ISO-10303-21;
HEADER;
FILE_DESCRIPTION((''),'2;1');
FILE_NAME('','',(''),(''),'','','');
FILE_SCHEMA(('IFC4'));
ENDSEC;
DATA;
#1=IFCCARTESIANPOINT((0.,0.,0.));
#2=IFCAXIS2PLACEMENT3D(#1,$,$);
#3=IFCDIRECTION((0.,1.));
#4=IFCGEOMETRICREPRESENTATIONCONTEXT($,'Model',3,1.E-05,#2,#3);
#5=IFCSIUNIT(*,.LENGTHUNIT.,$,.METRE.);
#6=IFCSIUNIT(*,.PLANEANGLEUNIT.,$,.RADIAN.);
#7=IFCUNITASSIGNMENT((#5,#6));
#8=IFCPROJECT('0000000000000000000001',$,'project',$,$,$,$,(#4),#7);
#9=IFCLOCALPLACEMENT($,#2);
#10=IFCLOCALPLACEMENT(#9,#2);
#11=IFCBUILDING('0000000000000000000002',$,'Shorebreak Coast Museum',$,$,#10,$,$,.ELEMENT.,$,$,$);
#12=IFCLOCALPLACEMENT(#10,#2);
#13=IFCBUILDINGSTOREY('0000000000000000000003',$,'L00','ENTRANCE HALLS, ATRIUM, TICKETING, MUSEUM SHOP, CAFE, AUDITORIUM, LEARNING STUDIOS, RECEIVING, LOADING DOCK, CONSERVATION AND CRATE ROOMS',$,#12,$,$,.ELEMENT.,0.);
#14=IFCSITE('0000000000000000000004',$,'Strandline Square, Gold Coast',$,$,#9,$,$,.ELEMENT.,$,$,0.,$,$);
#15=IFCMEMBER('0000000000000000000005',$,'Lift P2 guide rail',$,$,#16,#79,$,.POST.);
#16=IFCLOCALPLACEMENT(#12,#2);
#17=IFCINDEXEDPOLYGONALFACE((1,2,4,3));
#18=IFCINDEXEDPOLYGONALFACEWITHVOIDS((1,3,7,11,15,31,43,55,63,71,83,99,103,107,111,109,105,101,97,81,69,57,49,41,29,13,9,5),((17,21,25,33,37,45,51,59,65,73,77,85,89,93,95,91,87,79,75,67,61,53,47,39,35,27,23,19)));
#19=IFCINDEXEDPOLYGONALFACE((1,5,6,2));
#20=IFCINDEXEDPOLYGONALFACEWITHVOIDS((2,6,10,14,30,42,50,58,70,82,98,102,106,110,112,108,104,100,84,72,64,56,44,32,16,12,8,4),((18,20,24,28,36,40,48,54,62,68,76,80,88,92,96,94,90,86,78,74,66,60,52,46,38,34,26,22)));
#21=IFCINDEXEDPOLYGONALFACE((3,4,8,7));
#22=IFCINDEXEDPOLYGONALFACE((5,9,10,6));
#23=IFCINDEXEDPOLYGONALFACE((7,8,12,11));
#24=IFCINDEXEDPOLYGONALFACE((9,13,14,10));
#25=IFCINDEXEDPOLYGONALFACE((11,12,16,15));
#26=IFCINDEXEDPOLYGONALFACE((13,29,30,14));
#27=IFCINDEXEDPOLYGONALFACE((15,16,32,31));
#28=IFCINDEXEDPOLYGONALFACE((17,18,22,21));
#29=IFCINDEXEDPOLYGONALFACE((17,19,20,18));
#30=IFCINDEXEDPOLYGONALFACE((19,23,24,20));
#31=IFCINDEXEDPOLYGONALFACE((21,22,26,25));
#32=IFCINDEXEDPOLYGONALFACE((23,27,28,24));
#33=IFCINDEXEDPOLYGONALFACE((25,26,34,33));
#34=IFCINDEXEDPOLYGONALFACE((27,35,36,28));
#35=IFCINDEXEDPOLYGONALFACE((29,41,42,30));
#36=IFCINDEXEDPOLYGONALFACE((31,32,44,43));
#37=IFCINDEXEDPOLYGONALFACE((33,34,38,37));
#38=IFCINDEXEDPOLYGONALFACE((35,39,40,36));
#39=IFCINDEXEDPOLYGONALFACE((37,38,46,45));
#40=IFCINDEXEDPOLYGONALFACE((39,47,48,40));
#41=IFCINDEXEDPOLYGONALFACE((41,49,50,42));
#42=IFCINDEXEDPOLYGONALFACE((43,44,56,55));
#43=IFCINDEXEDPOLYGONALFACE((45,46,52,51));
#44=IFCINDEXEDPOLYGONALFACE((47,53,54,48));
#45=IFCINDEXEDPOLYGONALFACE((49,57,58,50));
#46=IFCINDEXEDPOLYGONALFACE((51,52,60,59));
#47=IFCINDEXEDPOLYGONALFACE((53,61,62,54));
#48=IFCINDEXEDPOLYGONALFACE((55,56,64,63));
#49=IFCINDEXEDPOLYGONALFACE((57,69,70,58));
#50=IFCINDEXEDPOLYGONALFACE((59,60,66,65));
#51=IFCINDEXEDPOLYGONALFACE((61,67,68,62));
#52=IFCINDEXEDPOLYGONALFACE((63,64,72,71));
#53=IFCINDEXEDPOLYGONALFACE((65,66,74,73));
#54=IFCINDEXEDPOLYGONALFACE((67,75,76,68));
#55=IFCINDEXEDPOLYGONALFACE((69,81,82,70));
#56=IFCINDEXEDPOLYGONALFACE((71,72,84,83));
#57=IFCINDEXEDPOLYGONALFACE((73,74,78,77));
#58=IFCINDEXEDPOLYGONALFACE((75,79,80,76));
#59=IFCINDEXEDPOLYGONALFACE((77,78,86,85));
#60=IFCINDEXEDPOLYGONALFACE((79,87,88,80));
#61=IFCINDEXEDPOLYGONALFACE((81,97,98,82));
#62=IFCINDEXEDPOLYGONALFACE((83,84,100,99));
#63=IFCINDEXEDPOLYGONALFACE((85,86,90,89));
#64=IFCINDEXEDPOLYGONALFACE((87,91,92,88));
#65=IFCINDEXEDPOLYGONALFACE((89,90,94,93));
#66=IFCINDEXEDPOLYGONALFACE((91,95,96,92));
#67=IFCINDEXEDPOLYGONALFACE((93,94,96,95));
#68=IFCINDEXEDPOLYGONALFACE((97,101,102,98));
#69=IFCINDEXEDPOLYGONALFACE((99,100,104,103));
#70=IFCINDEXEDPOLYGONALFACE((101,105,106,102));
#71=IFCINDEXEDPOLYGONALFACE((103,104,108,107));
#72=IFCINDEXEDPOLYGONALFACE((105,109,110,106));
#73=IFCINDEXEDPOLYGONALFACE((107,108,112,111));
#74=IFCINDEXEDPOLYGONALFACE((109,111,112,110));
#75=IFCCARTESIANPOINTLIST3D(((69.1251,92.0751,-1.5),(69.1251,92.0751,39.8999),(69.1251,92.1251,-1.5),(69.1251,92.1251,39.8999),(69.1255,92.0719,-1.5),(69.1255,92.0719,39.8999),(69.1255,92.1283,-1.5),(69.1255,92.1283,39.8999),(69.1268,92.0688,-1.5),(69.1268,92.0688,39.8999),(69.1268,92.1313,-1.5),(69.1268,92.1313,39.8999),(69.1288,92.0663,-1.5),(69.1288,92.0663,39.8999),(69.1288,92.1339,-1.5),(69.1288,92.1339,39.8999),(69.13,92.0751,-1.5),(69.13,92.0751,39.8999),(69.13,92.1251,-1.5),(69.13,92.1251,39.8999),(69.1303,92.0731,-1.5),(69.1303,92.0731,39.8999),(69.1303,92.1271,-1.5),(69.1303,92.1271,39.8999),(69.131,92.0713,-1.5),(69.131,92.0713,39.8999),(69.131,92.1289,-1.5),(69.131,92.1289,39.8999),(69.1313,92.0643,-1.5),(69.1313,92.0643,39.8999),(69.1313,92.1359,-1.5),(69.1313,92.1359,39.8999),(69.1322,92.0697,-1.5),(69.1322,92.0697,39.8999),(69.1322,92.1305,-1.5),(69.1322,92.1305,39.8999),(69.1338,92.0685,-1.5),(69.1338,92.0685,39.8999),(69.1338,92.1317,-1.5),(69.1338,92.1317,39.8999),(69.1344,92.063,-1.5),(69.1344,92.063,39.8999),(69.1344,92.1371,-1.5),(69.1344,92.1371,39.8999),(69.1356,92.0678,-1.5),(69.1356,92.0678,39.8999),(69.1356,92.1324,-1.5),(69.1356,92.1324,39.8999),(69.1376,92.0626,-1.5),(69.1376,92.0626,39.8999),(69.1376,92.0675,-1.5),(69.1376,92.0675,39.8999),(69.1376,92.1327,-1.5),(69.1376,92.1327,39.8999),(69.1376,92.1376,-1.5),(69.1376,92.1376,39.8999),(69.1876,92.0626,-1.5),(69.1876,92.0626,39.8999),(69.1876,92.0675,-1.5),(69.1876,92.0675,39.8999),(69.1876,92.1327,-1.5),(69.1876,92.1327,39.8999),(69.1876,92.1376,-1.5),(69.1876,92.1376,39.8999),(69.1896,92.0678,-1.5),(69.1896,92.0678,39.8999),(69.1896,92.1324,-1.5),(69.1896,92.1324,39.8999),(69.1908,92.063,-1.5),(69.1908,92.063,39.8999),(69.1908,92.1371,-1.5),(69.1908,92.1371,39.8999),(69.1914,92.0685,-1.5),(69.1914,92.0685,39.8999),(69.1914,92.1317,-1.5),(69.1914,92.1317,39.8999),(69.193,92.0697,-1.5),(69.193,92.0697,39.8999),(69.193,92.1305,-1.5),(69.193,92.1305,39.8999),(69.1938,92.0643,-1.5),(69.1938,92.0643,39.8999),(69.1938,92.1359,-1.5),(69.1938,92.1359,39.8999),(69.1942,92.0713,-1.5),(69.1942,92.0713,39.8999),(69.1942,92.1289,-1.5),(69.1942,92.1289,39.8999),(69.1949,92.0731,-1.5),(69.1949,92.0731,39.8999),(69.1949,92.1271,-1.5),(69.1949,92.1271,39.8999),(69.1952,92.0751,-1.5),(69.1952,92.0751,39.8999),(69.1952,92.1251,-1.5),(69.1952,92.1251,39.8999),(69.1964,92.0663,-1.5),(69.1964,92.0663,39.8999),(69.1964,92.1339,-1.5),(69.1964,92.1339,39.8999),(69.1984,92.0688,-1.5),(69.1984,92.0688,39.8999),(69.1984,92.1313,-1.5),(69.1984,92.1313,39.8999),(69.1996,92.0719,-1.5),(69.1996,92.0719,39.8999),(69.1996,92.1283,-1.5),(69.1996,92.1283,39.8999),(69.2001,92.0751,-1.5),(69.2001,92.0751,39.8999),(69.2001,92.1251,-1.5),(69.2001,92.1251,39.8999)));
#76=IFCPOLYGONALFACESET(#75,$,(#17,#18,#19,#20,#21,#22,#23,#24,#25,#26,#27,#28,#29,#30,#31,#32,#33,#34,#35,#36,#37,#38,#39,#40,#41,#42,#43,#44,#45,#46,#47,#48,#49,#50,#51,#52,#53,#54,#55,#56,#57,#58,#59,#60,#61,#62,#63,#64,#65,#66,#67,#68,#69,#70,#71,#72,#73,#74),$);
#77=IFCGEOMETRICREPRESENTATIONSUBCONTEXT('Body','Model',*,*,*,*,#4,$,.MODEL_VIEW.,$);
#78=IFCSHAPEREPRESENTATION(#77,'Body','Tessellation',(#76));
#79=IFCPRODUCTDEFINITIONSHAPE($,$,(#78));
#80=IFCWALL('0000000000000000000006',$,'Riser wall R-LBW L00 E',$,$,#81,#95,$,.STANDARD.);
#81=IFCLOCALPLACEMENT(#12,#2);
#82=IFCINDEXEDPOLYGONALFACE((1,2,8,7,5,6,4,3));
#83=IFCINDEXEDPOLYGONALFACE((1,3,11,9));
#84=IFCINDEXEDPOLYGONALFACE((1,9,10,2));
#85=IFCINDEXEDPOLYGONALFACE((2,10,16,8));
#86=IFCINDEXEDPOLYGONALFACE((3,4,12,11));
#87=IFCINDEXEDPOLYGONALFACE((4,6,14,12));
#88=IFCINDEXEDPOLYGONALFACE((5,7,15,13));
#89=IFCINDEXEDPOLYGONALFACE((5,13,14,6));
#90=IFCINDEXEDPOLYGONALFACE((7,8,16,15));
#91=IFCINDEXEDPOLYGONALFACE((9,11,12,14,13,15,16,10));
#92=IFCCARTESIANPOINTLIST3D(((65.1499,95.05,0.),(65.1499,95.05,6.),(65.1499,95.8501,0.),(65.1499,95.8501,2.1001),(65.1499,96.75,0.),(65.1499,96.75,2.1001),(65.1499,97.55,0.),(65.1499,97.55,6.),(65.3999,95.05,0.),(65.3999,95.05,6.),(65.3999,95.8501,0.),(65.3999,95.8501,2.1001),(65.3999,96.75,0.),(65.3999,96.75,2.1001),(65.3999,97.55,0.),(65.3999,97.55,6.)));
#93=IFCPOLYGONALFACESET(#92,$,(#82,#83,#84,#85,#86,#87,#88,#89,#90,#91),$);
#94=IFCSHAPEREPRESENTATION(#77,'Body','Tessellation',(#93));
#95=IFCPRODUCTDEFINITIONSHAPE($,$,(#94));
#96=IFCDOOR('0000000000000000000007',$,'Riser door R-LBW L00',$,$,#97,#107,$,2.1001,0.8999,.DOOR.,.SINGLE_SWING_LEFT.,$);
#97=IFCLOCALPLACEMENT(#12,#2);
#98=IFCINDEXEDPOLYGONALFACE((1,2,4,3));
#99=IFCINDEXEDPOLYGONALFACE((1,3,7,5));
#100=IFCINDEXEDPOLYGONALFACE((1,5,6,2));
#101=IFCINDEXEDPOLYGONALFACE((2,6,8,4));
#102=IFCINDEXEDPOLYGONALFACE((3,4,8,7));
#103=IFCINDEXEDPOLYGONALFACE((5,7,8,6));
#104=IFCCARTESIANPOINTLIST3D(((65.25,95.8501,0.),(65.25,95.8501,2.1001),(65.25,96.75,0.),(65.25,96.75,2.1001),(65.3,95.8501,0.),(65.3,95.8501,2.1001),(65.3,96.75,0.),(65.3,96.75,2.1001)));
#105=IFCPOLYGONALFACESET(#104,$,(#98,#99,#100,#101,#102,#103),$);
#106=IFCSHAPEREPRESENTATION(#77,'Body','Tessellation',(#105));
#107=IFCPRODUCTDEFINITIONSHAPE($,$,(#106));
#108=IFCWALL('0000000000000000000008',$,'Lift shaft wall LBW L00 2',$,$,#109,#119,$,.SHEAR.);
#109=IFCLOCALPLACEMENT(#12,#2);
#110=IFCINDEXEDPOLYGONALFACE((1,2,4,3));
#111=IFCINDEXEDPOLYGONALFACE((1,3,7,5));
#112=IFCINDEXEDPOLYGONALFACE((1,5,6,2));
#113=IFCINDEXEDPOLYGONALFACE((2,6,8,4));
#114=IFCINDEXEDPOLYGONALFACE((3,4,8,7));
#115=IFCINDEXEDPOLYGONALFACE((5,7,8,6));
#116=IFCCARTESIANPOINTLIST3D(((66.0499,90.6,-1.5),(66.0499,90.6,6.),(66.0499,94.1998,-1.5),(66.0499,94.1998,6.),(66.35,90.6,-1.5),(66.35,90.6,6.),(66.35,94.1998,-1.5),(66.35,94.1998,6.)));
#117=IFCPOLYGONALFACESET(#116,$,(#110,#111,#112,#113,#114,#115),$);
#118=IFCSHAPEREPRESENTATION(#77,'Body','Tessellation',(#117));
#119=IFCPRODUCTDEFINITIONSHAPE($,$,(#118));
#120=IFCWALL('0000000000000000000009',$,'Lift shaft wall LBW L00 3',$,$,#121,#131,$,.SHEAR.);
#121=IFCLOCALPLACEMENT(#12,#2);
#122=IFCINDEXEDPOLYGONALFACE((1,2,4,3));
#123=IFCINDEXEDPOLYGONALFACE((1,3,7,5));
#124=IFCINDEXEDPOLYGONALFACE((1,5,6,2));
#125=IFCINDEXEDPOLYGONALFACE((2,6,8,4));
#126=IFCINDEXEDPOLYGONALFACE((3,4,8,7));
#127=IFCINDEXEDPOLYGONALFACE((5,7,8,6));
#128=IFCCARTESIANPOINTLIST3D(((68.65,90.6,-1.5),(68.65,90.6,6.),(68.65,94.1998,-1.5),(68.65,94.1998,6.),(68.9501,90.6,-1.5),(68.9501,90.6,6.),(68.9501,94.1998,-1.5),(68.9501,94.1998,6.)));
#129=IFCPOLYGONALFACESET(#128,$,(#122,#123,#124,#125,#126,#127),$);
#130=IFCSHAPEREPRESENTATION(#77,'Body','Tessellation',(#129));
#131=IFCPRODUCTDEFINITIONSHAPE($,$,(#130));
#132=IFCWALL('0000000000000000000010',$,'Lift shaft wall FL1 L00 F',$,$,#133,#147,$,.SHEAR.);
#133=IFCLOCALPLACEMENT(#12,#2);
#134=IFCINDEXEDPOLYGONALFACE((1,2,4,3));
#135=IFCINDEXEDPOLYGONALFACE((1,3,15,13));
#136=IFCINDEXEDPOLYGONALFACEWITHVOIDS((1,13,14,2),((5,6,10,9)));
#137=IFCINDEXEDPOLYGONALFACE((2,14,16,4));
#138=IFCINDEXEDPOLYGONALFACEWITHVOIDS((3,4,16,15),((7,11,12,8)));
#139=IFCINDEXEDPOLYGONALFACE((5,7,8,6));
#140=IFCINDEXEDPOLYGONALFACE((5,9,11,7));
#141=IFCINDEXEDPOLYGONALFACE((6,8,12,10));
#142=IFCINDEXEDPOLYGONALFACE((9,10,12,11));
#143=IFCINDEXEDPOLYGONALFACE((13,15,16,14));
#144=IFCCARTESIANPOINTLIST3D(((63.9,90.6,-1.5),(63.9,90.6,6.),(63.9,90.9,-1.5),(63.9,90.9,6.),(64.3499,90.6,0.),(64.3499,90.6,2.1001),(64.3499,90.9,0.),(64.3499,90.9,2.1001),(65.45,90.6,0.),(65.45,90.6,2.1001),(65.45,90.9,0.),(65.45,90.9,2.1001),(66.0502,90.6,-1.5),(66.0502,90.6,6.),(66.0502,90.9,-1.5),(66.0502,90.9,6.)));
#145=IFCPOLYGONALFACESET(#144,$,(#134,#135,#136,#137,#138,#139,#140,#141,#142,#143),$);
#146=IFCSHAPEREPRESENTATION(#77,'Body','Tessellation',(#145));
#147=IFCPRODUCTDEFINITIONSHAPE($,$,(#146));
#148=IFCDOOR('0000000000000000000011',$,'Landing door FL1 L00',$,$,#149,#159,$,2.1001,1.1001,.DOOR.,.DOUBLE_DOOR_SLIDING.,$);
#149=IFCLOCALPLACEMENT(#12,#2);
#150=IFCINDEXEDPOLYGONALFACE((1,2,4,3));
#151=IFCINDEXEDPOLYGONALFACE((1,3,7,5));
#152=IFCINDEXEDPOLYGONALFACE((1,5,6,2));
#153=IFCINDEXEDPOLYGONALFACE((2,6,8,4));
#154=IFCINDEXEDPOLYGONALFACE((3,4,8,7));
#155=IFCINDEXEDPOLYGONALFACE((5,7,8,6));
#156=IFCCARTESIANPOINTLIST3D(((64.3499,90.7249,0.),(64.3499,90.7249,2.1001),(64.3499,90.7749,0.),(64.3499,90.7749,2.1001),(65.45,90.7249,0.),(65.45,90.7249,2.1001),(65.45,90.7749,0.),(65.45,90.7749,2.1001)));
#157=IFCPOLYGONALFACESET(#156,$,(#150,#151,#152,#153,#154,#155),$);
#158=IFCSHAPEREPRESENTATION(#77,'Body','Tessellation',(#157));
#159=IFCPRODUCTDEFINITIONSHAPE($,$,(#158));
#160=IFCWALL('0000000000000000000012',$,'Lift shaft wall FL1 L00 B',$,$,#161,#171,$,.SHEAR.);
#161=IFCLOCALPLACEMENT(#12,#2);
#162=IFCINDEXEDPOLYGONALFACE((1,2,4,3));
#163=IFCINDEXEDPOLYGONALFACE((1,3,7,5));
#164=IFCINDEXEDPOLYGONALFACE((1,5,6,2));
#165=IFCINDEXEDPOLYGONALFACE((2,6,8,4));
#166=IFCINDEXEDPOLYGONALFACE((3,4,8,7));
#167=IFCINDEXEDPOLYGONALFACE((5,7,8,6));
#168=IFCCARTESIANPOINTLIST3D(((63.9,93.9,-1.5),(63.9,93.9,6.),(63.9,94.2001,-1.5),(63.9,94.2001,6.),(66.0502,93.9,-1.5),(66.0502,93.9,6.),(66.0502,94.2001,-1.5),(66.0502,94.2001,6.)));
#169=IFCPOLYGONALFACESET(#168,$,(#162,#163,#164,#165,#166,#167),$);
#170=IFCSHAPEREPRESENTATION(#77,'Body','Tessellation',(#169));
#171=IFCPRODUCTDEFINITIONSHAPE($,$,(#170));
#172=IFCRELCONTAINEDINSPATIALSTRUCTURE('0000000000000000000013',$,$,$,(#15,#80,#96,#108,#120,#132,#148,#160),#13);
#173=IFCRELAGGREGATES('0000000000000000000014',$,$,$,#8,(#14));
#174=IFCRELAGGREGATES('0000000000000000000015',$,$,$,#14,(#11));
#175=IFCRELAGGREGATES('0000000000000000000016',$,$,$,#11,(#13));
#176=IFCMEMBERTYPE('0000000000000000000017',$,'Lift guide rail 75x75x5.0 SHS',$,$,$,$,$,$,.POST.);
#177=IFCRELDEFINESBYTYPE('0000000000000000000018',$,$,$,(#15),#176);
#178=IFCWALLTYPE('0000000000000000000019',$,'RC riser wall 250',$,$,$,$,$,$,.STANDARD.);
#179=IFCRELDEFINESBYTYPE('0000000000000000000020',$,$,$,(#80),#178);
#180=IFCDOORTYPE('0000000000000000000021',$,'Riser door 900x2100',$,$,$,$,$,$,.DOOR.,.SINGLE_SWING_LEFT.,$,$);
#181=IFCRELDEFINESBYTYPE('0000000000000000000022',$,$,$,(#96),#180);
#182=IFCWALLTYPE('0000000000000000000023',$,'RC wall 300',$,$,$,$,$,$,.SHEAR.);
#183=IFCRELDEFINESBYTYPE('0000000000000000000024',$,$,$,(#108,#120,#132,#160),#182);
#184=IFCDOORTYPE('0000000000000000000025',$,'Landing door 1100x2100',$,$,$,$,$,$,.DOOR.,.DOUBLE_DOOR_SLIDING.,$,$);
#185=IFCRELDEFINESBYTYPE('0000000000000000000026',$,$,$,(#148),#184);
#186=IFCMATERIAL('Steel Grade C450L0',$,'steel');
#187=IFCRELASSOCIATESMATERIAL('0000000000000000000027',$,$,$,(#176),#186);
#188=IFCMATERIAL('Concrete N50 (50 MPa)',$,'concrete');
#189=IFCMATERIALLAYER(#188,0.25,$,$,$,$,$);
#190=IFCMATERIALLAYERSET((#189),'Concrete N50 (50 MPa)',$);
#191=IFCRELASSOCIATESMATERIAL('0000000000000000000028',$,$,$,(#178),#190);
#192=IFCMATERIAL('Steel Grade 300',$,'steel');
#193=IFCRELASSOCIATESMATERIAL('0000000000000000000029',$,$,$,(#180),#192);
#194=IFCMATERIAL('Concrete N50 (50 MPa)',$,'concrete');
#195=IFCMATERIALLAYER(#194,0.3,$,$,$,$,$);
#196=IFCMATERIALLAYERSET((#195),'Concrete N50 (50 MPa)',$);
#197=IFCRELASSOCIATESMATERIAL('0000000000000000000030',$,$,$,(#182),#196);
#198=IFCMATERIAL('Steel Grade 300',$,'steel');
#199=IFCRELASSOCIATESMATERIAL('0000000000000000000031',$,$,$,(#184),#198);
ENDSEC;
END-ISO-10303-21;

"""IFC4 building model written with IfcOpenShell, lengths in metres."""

from ifc_helpers import new_model, si_unit, direction, frame, frame_2d, origin, origin_2d, place, context, subcontext, project, spatial, rectangle, hollow_rectangle, extrude, material, layer, layer_set, material_profile, profile_set, type_object, element, fill, save


model = new_model("IFC4")

# Units and contexts
model_context = context("Model", 3, precision=1e-05, world=origin(), true_north=direction((0.0, 1.0)))
body_context = subcontext(model_context, "Body", "Model", "MODEL_VIEW")
ifc_project = project(units=[si_unit("LENGTHUNIT", "METRE"), si_unit("PLANEANGLEUNIT", "RADIAN")], contexts=[model_context])

# Site, building, storey
site_placement = place(None, origin())
site = spatial("IfcSite", under=ifc_project, at=site_placement, Name="Strandline Square, Gold Coast", CompositionType="ELEMENT", RefElevation=0.0)
building_placement = place(site_placement, origin())
building = spatial("IfcBuilding", under=site, at=building_placement, Name="Shorebreak Coast Museum", CompositionType="ELEMENT")
storey_placement = place(building_placement, origin())
storey = spatial("IfcBuildingStorey", under=building, at=storey_placement, Name="L00", Description="ENTRANCE HALLS, ATRIUM, TICKETING, MUSEUM SHOP, CAFE, AUDITORIUM, LEARNING STUDIOS, RECEIVING, LOADING DOCK, CONSERVATION AND CRATE ROOMS", CompositionType="ELEMENT", Elevation=0.0)

# Member
ifc_material_1 = material(Name="Steel Grade C450L0", Category="steel")
ifc_material_profile_1 = material_profile(ifc_material_1, hollow_rectangle(XDim=0.075, YDim=0.075, WallThickness=0.0049, InnerFilletRadius=0.0076, OuterFilletRadius=0.0125, at=origin_2d()), Name="75x75x5.0 SHS")
ifc_profile_set_1 = profile_set([ifc_material_profile_1], Name="Steel Grade C450L0")
member_type = type_object("IfcMemberType", Name="Lift guide rail 75x75x5.0 SHS", PredefinedType="POST", material=ifc_profile_set_1)
for number, where, z_axis, x_axis, name in (
    (1, (69.1626, 92.1001, -1.5), (0.0, 0.0, 1.0), (1.0, 0.0, 0.0), "Lift P2 guide rail"),
):
    element("IfcMember", number, at=place(storey_placement, frame(where, z_axis=z_axis, x_axis=x_axis)), inside=storey, type_object=member_type, Name=name, PredefinedType="POST", context=body_context, shape_type="SweptSolid", body=[
        extrude(hollow_rectangle(XDim=0.075, YDim=0.075, WallThickness=0.0049, InnerFilletRadius=0.0076, OuterFilletRadius=0.0125, at=origin_2d()), origin(), (0.0, 0.0, 1.0), 41.3999),
    ])

# Wall, opening, door
ifc_material_2 = material(Name="Concrete N50 (50 MPa)", Category="concrete")
ifc_layer_1 = layer(ifc_material_2, 0.25)
ifc_layer_set_1 = layer_set([ifc_layer_1], Name="Concrete N50 (50 MPa)")
wall_type_1 = type_object("IfcWallType", Name="RC riser wall 250", PredefinedType="STANDARD", material=ifc_layer_set_1)
wall_1_placement = place(storey_placement, frame((65.2749, 95.05, 0.0), z_axis=(0.0, 0.0, 1.0), x_axis=(0.0, 1.0, 0.0)))
wall_1 = element("IfcWall", 2, at=wall_1_placement, inside=storey, type_object=wall_type_1, Name="Riser wall R-LBW L00 E", PredefinedType="STANDARD", context=body_context, shape_type="SweptSolid", body=[
    extrude(rectangle(XDim=2.5, YDim=0.25, at=frame_2d((1.25, 0.0))), origin(), (0.0, 0.0, 1.0), 6.0),
])
opening_1_placement = place(wall_1_placement, frame((0.8, 0.0, 0.0)))
opening_1 = element("IfcOpeningElement", 3, at=opening_1_placement, cuts=wall_1, PredefinedType="OPENING", context=body_context, shape_type="SweptSolid", body=[
    extrude(rectangle(XDim=0.8999, YDim=2.1001, at=frame_2d((0.45, 1.05))), frame((0.0, 0.135, 0.0), z_axis=(0.0, -1.0, 0.0), x_axis=(1.0, 0.0, 0.0)), (0.0, 0.0, 1.0), 0.27),
])
ifc_material_3 = material(Name="Steel Grade 300", Category="steel")
door_type_1 = type_object("IfcDoorType", Name="Riser door 900x2100", OperationType="SINGLE_SWING_LEFT", PredefinedType="DOOR", material=ifc_material_3)
door_1_placement = place(opening_1_placement, origin())
door_1 = element("IfcDoor", 4, at=door_1_placement, inside=storey, type_object=door_type_1, Name="Riser door R-LBW L00", OperationType="SINGLE_SWING_LEFT", OverallHeight=2.1001, OverallWidth=0.8999, PredefinedType="DOOR", context=body_context, shape_type="SweptSolid", body=[
    extrude(rectangle(XDim=0.8999, YDim=2.1001, at=frame_2d((0.45, 1.05))), frame((0.0, 0.0249, 0.0), z_axis=(0.0, -1.0, 0.0), x_axis=(1.0, 0.0, 0.0)), (0.0, 0.0, 1.0), 0.05),
])
fill(opening_1, door_1)

# Walls
ifc_material_4 = material(Name="Concrete N50 (50 MPa)", Category="concrete")
ifc_layer_2 = layer(ifc_material_4, 0.3)
ifc_layer_set_2 = layer_set([ifc_layer_2], Name="Concrete N50 (50 MPa)")
wall_type_2 = type_object("IfcWallType", Name="RC wall 300", PredefinedType="SHEAR", material=ifc_layer_set_2)
for number, where, z_axis, x_axis, name in (
    (5, (66.2, 90.6001, -1.5), (0.0, 0.0, 1.0), (0.0, 1.0, 0.0), "Lift shaft wall LBW L00 2"),
    (6, (68.8, 90.6001, -1.5), (0.0, 0.0, 1.0), (0.0, 1.0, 0.0), "Lift shaft wall LBW L00 3"),
):
    element("IfcWall", number, at=place(storey_placement, frame(where, z_axis=z_axis, x_axis=x_axis)), inside=storey, type_object=wall_type_2, Name=name, PredefinedType="SHEAR", context=body_context, shape_type="SweptSolid", body=[
        extrude(rectangle(XDim=3.5999, YDim=0.3, at=frame_2d((1.7998, 0.0))), origin(), (0.0, 0.0, 1.0), 7.5),
    ])

# Wall, opening, door
wall_2_placement = place(storey_placement, frame((63.8999, 90.75, -1.5), z_axis=(0.0, 0.0, 1.0), x_axis=(1.0, 0.0, 0.0)))
wall_2 = element("IfcWall", 7, at=wall_2_placement, inside=storey, type_object=wall_type_2, Name="Lift shaft wall FL1 L00 F", PredefinedType="SHEAR", context=body_context, shape_type="SweptSolid", body=[
    extrude(rectangle(XDim=2.1501, YDim=0.3, at=frame_2d((1.0752, 0.0))), origin(), (0.0, 0.0, 1.0), 7.5),
])
opening_2_placement = place(wall_2_placement, frame((0.45, 0.0, 1.5)))
opening_2 = element("IfcOpeningElement", 8, at=opening_2_placement, cuts=wall_2, PredefinedType="OPENING", context=body_context, shape_type="SweptSolid", body=[
    extrude(rectangle(XDim=1.1001, YDim=2.1001, at=frame_2d((0.55, 1.05))), frame((0.0, 0.1599, 0.0), z_axis=(0.0, -1.0, 0.0), x_axis=(1.0, 0.0, 0.0)), (0.0, 0.0, 1.0), 0.3201),
])
ifc_material_5 = material(Name="Steel Grade 300", Category="steel")
door_type_2 = type_object("IfcDoorType", Name="Landing door 1100x2100", OperationType="DOUBLE_DOOR_SLIDING", PredefinedType="DOOR", material=ifc_material_5)
door_2_placement = place(opening_2_placement, origin())
door_2 = element("IfcDoor", 9, at=door_2_placement, inside=storey, type_object=door_type_2, Name="Landing door FL1 L00", OperationType="DOUBLE_DOOR_SLIDING", OverallHeight=2.1001, OverallWidth=1.1001, PredefinedType="DOOR", context=body_context, shape_type="SweptSolid", body=[
    extrude(rectangle(XDim=1.1001, YDim=2.1001, at=frame_2d((0.55, 1.05))), frame((0.0, 0.0249, 0.0), z_axis=(0.0, -1.0, 0.0), x_axis=(1.0, 0.0, 0.0)), (0.0, 0.0, 1.0), 0.05),
])
fill(opening_2, door_2)

# Wall
wall_3_placement = place(storey_placement, frame((63.8999, 94.05, -1.5), z_axis=(0.0, 0.0, 1.0), x_axis=(1.0, 0.0, 0.0)))
element("IfcWall", 10, at=wall_3_placement, inside=storey, type_object=wall_type_2, Name="Lift shaft wall FL1 L00 B", PredefinedType="SHEAR", context=body_context, shape_type="SweptSolid", body=[
    extrude(rectangle(XDim=2.1501, YDim=0.3, at=frame_2d((1.0752, 0.0))), origin(), (0.0, 0.0, 1.0), 7.5),
])

save(model, "model.ifc")
